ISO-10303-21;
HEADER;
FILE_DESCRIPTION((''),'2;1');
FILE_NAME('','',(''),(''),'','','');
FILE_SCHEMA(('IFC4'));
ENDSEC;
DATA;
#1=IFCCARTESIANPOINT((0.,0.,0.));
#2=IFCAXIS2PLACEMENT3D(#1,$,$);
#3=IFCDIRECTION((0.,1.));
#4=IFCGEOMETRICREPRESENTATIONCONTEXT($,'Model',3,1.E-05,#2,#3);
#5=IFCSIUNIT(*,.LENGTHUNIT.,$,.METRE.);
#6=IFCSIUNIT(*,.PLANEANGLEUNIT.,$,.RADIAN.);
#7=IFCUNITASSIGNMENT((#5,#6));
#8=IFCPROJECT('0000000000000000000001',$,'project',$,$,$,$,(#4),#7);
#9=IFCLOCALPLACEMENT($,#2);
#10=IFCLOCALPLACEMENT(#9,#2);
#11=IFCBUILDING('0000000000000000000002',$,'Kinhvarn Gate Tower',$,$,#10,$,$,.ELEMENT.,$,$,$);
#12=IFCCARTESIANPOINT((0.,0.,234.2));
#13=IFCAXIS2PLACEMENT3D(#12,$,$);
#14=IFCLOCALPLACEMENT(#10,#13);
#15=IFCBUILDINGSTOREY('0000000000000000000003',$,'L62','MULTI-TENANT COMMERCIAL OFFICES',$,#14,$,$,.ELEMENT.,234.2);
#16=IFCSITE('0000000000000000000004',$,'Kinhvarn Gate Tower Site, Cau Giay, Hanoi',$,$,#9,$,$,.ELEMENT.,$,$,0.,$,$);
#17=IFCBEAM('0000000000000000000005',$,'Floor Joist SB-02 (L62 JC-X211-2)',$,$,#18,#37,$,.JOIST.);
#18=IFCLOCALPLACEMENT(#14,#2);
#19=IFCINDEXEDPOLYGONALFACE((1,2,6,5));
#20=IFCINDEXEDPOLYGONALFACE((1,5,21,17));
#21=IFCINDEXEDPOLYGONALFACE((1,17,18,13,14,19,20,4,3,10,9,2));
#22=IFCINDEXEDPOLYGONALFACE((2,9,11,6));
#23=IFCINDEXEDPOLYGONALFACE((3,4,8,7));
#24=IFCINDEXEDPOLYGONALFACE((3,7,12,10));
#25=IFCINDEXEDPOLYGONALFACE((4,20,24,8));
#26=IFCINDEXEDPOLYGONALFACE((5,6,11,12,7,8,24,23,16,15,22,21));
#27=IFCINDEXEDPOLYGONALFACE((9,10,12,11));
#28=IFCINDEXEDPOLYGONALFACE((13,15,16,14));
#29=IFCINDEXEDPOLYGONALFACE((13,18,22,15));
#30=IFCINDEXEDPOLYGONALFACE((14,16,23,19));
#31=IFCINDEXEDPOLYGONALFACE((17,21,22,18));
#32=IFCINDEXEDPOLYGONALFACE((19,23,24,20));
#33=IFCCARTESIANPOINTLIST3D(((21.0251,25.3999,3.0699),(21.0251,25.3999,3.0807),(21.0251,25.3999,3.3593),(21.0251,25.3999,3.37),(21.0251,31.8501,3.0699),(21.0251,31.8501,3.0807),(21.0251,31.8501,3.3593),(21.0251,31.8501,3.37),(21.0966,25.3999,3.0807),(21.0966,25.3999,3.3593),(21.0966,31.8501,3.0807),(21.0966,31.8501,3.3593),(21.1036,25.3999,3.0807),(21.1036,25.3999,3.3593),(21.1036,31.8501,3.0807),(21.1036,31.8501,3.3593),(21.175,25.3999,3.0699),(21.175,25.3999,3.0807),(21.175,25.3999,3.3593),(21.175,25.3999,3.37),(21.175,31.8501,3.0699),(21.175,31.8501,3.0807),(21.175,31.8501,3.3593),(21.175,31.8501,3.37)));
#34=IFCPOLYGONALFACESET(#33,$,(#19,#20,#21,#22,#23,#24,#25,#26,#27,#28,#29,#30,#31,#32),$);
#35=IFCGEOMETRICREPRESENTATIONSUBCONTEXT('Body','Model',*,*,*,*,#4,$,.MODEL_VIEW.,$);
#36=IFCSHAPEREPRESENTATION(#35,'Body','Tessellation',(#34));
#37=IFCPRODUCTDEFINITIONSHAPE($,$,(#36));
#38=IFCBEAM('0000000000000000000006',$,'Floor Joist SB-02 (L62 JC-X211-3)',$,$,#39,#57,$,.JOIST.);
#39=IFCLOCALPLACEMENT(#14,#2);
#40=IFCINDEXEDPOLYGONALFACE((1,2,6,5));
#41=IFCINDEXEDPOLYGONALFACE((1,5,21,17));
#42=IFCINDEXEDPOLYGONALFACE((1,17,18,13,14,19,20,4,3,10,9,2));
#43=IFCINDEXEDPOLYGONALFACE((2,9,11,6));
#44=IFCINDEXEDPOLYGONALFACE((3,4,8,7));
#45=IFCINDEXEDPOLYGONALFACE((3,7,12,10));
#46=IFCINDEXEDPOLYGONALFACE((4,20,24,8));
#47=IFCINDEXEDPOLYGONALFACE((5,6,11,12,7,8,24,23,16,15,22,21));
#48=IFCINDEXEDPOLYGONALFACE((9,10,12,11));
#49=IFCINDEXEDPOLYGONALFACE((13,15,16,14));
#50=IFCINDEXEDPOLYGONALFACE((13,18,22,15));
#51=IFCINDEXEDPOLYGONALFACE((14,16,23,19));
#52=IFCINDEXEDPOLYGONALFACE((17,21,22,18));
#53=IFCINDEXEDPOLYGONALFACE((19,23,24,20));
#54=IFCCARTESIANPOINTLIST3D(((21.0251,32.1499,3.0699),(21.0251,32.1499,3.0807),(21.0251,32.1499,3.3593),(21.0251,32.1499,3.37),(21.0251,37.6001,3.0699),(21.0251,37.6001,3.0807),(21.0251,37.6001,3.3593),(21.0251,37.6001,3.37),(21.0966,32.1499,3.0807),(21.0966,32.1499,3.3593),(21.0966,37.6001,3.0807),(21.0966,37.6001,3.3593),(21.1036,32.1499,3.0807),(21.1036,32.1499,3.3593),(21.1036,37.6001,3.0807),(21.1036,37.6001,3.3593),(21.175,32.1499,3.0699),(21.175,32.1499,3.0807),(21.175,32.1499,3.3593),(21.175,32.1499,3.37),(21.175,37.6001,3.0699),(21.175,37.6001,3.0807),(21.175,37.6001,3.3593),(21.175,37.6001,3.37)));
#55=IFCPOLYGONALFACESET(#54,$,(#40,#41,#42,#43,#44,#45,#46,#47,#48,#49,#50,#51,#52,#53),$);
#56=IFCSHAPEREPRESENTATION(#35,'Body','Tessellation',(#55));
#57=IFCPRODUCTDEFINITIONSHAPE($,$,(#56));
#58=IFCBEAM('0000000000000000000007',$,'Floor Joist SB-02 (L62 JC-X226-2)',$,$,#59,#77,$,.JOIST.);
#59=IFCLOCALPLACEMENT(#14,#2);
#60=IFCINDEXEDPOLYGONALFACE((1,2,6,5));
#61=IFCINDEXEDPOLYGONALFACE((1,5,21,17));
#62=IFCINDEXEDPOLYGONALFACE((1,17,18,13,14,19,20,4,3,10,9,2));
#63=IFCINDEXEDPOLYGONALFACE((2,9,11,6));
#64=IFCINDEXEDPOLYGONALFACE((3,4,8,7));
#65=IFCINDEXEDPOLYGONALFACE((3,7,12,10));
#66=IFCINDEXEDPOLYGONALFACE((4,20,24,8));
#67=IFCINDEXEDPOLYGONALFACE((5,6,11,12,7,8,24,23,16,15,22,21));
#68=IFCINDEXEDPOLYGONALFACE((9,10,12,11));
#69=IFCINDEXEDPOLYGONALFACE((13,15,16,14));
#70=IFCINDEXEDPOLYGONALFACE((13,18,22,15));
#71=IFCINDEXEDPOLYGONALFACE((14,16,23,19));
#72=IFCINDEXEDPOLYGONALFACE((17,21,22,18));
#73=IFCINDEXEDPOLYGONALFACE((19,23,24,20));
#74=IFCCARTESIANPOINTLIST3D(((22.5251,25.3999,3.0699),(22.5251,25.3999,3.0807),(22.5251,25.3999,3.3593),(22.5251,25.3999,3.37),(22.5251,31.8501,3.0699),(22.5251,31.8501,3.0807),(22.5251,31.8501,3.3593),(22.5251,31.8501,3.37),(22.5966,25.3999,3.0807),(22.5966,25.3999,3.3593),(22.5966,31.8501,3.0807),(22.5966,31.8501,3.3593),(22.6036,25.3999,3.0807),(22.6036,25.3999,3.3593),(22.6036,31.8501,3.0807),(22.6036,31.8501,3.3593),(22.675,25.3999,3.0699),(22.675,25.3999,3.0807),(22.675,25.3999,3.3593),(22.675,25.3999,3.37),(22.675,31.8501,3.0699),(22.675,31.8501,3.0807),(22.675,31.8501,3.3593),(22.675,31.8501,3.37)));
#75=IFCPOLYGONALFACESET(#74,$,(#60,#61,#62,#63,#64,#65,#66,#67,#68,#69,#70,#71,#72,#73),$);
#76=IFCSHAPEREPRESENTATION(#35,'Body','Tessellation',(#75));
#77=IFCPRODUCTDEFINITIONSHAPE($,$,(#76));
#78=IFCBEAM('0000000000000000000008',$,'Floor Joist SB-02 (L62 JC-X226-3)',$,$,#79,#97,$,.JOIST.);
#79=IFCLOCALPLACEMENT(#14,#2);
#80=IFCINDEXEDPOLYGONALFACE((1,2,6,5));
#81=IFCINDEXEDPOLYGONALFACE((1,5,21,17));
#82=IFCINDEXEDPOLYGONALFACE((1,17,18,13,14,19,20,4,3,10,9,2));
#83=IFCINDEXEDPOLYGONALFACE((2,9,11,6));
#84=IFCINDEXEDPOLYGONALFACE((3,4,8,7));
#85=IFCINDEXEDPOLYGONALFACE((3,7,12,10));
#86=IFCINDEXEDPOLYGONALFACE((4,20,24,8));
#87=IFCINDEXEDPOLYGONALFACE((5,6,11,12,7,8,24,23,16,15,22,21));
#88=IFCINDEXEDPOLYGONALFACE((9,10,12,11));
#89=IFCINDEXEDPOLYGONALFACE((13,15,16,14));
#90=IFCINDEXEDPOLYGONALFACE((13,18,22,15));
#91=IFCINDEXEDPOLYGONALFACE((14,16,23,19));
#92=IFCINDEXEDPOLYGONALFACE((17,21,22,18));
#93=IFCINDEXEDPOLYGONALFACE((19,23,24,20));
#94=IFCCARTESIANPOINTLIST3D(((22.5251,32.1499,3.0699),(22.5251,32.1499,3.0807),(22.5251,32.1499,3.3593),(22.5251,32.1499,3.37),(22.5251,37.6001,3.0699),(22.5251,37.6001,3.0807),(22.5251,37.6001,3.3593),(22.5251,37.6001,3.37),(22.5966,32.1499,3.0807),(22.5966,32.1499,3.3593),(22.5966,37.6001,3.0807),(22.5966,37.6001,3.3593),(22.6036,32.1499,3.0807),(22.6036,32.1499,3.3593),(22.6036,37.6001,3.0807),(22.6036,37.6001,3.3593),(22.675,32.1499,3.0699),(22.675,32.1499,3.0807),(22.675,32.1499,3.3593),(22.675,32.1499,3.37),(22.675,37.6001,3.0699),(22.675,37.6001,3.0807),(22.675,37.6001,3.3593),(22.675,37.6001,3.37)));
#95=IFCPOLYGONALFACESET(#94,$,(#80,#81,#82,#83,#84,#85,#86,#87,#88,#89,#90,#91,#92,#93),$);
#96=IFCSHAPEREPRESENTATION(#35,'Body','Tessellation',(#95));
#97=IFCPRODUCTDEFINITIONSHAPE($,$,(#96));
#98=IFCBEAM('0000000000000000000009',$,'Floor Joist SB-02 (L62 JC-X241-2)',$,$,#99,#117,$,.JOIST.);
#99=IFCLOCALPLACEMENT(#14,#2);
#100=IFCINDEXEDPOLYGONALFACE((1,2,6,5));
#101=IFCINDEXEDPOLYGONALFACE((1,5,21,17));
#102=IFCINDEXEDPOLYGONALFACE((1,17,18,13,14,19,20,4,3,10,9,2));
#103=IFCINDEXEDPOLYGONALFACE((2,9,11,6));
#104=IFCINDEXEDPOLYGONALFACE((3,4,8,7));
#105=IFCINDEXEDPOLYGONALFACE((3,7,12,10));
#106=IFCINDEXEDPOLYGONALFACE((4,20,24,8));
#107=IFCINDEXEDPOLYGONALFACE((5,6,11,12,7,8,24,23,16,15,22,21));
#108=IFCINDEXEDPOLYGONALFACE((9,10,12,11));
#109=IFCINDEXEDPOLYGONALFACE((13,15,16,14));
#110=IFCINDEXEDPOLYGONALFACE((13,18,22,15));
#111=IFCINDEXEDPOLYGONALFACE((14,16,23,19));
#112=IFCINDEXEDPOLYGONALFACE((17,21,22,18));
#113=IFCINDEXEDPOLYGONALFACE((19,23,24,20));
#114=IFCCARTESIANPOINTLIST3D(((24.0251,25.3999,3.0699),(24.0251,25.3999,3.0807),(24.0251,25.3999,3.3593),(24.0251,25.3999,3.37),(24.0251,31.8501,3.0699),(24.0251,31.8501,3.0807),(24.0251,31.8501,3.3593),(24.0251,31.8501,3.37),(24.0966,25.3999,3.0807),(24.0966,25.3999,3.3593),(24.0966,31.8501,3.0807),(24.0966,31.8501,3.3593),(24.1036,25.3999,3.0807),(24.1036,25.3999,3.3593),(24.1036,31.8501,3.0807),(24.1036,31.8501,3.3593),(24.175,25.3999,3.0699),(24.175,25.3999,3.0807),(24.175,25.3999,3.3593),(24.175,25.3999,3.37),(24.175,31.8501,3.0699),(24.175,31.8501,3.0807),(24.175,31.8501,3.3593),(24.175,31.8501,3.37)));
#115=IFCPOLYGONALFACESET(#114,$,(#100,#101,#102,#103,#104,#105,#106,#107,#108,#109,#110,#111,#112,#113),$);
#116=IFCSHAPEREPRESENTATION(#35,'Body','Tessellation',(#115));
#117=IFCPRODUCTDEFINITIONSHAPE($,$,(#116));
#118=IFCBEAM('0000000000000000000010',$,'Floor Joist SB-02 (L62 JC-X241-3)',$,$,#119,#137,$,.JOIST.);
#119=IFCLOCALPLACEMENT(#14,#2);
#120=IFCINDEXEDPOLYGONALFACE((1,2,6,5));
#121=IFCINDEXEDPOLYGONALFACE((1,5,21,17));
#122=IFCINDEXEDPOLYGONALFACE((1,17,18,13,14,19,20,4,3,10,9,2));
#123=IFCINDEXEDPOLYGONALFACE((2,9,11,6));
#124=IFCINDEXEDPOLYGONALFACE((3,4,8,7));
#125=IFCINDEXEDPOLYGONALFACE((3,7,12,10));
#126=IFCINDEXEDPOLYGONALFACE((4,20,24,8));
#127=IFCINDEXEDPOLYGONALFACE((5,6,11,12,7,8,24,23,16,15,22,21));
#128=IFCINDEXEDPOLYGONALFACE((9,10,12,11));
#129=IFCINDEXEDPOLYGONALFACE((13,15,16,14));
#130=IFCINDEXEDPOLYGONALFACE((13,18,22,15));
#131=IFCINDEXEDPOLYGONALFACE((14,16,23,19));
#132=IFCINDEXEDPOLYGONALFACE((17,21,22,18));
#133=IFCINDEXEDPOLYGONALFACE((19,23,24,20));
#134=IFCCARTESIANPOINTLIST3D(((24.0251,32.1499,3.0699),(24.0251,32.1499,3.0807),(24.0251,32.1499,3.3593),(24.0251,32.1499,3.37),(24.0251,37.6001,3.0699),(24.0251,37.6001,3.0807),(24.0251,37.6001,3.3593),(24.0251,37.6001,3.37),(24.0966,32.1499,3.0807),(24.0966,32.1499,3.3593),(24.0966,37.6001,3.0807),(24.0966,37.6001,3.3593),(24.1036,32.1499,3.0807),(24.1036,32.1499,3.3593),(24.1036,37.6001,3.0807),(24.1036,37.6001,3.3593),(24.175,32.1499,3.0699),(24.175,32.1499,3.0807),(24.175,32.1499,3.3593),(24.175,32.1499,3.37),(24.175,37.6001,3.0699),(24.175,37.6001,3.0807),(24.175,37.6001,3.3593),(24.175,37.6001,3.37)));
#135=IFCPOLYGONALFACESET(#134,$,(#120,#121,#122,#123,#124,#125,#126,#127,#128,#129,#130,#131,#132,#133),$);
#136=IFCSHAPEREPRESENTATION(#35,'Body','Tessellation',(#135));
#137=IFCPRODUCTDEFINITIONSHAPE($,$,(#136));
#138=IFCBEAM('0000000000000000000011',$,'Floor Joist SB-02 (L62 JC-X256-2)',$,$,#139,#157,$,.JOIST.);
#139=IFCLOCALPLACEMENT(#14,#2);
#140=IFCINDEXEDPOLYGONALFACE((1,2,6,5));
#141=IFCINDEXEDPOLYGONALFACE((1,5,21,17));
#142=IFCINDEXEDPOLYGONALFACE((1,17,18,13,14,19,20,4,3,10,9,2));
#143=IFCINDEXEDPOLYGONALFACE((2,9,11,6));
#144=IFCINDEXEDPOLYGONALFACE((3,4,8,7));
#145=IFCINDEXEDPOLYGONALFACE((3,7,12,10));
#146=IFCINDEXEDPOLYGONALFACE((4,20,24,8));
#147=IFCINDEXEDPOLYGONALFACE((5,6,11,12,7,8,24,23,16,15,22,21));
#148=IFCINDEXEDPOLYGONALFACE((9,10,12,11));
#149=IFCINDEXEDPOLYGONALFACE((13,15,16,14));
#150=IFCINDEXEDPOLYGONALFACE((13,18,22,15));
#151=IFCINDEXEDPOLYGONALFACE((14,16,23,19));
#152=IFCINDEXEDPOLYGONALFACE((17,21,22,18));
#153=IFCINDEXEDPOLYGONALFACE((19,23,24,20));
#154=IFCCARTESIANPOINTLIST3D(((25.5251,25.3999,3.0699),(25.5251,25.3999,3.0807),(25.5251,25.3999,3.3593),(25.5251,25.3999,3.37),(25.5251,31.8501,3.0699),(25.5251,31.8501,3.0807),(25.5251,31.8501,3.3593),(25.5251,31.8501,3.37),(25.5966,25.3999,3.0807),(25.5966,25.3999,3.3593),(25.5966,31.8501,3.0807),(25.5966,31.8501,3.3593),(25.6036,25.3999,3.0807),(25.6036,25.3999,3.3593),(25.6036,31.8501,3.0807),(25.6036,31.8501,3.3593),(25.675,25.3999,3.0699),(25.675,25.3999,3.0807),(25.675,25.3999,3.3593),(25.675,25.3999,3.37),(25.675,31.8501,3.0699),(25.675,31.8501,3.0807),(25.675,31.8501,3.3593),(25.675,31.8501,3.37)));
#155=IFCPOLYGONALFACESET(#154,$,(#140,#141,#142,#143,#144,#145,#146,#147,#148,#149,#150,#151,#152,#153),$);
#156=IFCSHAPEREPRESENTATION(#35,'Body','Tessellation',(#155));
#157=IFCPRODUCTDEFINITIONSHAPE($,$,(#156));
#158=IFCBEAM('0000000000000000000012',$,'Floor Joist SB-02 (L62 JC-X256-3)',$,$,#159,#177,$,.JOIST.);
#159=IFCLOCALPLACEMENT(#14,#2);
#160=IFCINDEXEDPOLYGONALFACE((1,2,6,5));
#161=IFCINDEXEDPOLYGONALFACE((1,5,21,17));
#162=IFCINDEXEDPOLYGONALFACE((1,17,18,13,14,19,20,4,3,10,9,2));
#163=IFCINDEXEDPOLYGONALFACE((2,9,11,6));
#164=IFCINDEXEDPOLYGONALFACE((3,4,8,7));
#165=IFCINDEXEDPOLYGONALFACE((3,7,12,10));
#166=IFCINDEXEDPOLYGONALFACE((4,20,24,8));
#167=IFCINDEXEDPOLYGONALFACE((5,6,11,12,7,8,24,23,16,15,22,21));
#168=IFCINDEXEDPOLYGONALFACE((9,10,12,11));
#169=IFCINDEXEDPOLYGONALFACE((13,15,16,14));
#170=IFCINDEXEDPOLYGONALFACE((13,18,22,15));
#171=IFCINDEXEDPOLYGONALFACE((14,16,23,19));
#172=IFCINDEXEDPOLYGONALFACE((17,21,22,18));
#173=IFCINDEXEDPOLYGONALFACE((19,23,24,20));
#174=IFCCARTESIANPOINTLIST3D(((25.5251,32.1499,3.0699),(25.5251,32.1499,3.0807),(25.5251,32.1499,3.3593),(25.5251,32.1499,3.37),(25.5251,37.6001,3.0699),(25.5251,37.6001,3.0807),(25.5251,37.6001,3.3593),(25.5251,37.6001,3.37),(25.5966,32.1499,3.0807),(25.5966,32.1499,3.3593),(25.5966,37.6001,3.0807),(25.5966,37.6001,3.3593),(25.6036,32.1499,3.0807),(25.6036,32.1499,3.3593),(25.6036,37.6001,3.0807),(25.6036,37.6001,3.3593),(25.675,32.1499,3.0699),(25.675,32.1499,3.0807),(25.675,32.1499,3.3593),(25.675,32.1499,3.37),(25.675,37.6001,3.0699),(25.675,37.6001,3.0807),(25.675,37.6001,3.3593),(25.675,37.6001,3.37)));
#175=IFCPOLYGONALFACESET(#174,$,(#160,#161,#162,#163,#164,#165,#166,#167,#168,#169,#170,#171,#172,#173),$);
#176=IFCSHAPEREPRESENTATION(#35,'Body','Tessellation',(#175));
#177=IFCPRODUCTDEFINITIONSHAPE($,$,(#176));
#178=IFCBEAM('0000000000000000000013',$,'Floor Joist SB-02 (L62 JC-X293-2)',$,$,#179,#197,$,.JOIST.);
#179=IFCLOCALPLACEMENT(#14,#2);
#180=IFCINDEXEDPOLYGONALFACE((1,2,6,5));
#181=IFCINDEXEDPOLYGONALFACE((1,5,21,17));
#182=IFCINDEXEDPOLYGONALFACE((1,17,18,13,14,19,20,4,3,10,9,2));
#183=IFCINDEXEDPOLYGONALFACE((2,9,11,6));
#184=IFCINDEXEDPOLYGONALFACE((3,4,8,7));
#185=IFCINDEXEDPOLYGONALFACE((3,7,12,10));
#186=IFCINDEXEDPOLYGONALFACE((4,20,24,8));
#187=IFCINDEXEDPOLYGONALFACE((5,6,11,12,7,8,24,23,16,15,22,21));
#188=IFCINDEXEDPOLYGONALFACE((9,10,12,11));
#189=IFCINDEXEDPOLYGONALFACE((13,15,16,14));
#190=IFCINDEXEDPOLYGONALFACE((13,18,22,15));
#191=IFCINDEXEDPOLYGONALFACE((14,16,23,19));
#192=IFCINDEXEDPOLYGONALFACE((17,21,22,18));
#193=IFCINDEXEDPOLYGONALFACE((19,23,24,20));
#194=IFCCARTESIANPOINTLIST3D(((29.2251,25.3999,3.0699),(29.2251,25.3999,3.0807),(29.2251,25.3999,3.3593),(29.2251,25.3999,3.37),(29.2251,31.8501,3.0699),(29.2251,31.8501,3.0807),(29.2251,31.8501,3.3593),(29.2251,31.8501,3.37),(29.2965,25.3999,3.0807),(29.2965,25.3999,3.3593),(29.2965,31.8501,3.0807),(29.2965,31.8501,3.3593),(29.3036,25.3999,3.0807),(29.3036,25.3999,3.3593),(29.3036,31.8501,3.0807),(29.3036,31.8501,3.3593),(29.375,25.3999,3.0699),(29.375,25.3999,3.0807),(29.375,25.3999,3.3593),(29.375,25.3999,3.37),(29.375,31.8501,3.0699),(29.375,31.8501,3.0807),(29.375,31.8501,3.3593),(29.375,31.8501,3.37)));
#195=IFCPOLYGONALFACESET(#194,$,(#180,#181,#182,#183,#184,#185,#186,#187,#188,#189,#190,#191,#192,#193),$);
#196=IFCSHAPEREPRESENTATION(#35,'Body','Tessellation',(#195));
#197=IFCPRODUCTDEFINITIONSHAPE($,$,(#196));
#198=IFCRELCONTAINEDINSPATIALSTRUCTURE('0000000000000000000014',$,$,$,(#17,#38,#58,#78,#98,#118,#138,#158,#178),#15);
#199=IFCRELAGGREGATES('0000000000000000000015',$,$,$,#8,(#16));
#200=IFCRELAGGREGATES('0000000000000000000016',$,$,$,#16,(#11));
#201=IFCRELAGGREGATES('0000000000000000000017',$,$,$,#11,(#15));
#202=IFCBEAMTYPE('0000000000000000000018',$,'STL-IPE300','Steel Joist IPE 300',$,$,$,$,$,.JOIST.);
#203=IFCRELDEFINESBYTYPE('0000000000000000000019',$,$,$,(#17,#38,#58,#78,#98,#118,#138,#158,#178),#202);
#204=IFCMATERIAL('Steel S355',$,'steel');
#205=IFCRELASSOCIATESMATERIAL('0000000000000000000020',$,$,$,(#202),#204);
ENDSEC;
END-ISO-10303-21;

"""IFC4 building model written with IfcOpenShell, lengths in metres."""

from ifc_helpers import new_model, si_unit, direction, frame, origin, origin_2d, place, context, subcontext, project, spatial, i_section, extrude, material, material_profile, profile_set, type_object, element, save


model = new_model("IFC4")

# Units and contexts
model_context = context("Model", 3, precision=1e-05, world=origin(), true_north=direction((0.0, 1.0)))
body_context = subcontext(model_context, "Body", "Model", "MODEL_VIEW")
ifc_project = project(units=[si_unit("LENGTHUNIT", "METRE"), si_unit("PLANEANGLEUNIT", "RADIAN")], contexts=[model_context])

# Site, building, storey
site_placement = place(None, origin())
site = spatial("IfcSite", under=ifc_project, at=site_placement, Name="Kinhvarn Gate Tower Site, Cau Giay, Hanoi", CompositionType="ELEMENT", RefElevation=0.0)
building_placement = place(site_placement, origin())
building = spatial("IfcBuilding", under=site, at=building_placement, Name="Kinhvarn Gate Tower", CompositionType="ELEMENT")
storey_placement = place(building_placement, frame((0.0, 0.0, 234.2)))
storey = spatial("IfcBuildingStorey", under=building, at=storey_placement, Name="L62", Description="MULTI-TENANT COMMERCIAL OFFICES", CompositionType="ELEMENT", Elevation=234.2)

# Beams
ifc_material_1 = material(Name="Steel S355", Category="steel")
ifc_material_profile = material_profile(ifc_material_1, i_section(OverallWidth=0.1499, OverallDepth=0.3, WebThickness=0.0071, FlangeThickness=0.0107, at=origin_2d()), Name="IPE 300")
ifc_profile_set = profile_set([ifc_material_profile], Name="Steel S355")
beam_type = type_object("IfcBeamType", Name="STL-IPE300", Description="Steel Joist IPE 300", PredefinedType="JOIST", material=ifc_profile_set)
beam_1_placement = place(storey_placement, frame((21.1001, 25.3999, 3.22), z_axis=(0.0, 1.0, 0.0), x_axis=(-1.0, 0.0, 0.0)))
element("IfcBeam", 1, at=beam_1_placement, inside=storey, type_object=beam_type, Name="Floor Joist SB-02 (L62 JC-X211-2)", PredefinedType="JOIST", context=body_context, shape_type="SweptSolid", body=[
    extrude(i_section(OverallWidth=0.1499, OverallDepth=0.3, WebThickness=0.0071, FlangeThickness=0.0107, at=origin_2d()), origin(), (0.0, 0.0, 1.0), 6.4502),
])
beam_2_placement = place(storey_placement, frame((21.1001, 32.1499, 3.22), z_axis=(0.0, 1.0, 0.0), x_axis=(-1.0, 0.0, 0.0)))
element("IfcBeam", 2, at=beam_2_placement, inside=storey, type_object=beam_type, Name="Floor Joist SB-02 (L62 JC-X211-3)", PredefinedType="JOIST", context=body_context, shape_type="SweptSolid", body=[
    extrude(i_section(OverallWidth=0.1499, OverallDepth=0.3, WebThickness=0.0071, FlangeThickness=0.0107, at=origin_2d()), origin(), (0.0, 0.0, 1.0), 5.4502),
])
beam_3_placement = place(storey_placement, frame((22.6001, 25.3999, 3.22), z_axis=(0.0, 1.0, 0.0), x_axis=(-1.0, 0.0, 0.0)))
element("IfcBeam", 3, at=beam_3_placement, inside=storey, type_object=beam_type, Name="Floor Joist SB-02 (L62 JC-X226-2)", PredefinedType="JOIST", context=body_context, shape_type="SweptSolid", body=[
    extrude(i_section(OverallWidth=0.1499, OverallDepth=0.3, WebThickness=0.0071, FlangeThickness=0.0107, at=origin_2d()), origin(), (0.0, 0.0, 1.0), 6.4502),
])
beam_4_placement = place(storey_placement, frame((22.6001, 32.1499, 3.22), z_axis=(0.0, 1.0, 0.0), x_axis=(-1.0, 0.0, 0.0)))
element("IfcBeam", 4, at=beam_4_placement, inside=storey, type_object=beam_type, Name="Floor Joist SB-02 (L62 JC-X226-3)", PredefinedType="JOIST", context=body_context, shape_type="SweptSolid", body=[
    extrude(i_section(OverallWidth=0.1499, OverallDepth=0.3, WebThickness=0.0071, FlangeThickness=0.0107, at=origin_2d()), origin(), (0.0, 0.0, 1.0), 5.4502),
])
beam_5_placement = place(storey_placement, frame((24.1001, 25.3999, 3.22), z_axis=(0.0, 1.0, 0.0), x_axis=(-1.0, 0.0, 0.0)))
element("IfcBeam", 5, at=beam_5_placement, inside=storey, type_object=beam_type, Name="Floor Joist SB-02 (L62 JC-X241-2)", PredefinedType="JOIST", context=body_context, shape_type="SweptSolid", body=[
    extrude(i_section(OverallWidth=0.1499, OverallDepth=0.3, WebThickness=0.0071, FlangeThickness=0.0107, at=origin_2d()), origin(), (0.0, 0.0, 1.0), 6.4502),
])
beam_6_placement = place(storey_placement, frame((24.1001, 32.1499, 3.22), z_axis=(0.0, 1.0, 0.0), x_axis=(-1.0, 0.0, 0.0)))
element("IfcBeam", 6, at=beam_6_placement, inside=storey, type_object=beam_type, Name="Floor Joist SB-02 (L62 JC-X241-3)", PredefinedType="JOIST", context=body_context, shape_type="SweptSolid", body=[
    extrude(i_section(OverallWidth=0.1499, OverallDepth=0.3, WebThickness=0.0071, FlangeThickness=0.0107, at=origin_2d()), origin(), (0.0, 0.0, 1.0), 5.4502),
])
beam_7_placement = place(storey_placement, frame((25.6001, 25.3999, 3.22), z_axis=(0.0, 1.0, 0.0), x_axis=(-1.0, 0.0, 0.0)))
element("IfcBeam", 7, at=beam_7_placement, inside=storey, type_object=beam_type, Name="Floor Joist SB-02 (L62 JC-X256-2)", PredefinedType="JOIST", context=body_context, shape_type="SweptSolid", body=[
    extrude(i_section(OverallWidth=0.1499, OverallDepth=0.3, WebThickness=0.0071, FlangeThickness=0.0107, at=origin_2d()), origin(), (0.0, 0.0, 1.0), 6.4502),
])
beam_8_placement = place(storey_placement, frame((25.6001, 32.1499, 3.22), z_axis=(0.0, 1.0, 0.0), x_axis=(-1.0, 0.0, 0.0)))
element("IfcBeam", 8, at=beam_8_placement, inside=storey, type_object=beam_type, Name="Floor Joist SB-02 (L62 JC-X256-3)", PredefinedType="JOIST", context=body_context, shape_type="SweptSolid", body=[
    extrude(i_section(OverallWidth=0.1499, OverallDepth=0.3, WebThickness=0.0071, FlangeThickness=0.0107, at=origin_2d()), origin(), (0.0, 0.0, 1.0), 5.4502),
])
beam_9_placement = place(storey_placement, frame((29.3, 25.3999, 3.22), z_axis=(0.0, 1.0, 0.0), x_axis=(-1.0, 0.0, 0.0)))
element("IfcBeam", 9, at=beam_9_placement, inside=storey, type_object=beam_type, Name="Floor Joist SB-02 (L62 JC-X293-2)", PredefinedType="JOIST", context=body_context, shape_type="SweptSolid", body=[
    extrude(i_section(OverallWidth=0.1499, OverallDepth=0.3, WebThickness=0.0071, FlangeThickness=0.0107, at=origin_2d()), origin(), (0.0, 0.0, 1.0), 6.4502),
])

save(model, "model.ifc")
